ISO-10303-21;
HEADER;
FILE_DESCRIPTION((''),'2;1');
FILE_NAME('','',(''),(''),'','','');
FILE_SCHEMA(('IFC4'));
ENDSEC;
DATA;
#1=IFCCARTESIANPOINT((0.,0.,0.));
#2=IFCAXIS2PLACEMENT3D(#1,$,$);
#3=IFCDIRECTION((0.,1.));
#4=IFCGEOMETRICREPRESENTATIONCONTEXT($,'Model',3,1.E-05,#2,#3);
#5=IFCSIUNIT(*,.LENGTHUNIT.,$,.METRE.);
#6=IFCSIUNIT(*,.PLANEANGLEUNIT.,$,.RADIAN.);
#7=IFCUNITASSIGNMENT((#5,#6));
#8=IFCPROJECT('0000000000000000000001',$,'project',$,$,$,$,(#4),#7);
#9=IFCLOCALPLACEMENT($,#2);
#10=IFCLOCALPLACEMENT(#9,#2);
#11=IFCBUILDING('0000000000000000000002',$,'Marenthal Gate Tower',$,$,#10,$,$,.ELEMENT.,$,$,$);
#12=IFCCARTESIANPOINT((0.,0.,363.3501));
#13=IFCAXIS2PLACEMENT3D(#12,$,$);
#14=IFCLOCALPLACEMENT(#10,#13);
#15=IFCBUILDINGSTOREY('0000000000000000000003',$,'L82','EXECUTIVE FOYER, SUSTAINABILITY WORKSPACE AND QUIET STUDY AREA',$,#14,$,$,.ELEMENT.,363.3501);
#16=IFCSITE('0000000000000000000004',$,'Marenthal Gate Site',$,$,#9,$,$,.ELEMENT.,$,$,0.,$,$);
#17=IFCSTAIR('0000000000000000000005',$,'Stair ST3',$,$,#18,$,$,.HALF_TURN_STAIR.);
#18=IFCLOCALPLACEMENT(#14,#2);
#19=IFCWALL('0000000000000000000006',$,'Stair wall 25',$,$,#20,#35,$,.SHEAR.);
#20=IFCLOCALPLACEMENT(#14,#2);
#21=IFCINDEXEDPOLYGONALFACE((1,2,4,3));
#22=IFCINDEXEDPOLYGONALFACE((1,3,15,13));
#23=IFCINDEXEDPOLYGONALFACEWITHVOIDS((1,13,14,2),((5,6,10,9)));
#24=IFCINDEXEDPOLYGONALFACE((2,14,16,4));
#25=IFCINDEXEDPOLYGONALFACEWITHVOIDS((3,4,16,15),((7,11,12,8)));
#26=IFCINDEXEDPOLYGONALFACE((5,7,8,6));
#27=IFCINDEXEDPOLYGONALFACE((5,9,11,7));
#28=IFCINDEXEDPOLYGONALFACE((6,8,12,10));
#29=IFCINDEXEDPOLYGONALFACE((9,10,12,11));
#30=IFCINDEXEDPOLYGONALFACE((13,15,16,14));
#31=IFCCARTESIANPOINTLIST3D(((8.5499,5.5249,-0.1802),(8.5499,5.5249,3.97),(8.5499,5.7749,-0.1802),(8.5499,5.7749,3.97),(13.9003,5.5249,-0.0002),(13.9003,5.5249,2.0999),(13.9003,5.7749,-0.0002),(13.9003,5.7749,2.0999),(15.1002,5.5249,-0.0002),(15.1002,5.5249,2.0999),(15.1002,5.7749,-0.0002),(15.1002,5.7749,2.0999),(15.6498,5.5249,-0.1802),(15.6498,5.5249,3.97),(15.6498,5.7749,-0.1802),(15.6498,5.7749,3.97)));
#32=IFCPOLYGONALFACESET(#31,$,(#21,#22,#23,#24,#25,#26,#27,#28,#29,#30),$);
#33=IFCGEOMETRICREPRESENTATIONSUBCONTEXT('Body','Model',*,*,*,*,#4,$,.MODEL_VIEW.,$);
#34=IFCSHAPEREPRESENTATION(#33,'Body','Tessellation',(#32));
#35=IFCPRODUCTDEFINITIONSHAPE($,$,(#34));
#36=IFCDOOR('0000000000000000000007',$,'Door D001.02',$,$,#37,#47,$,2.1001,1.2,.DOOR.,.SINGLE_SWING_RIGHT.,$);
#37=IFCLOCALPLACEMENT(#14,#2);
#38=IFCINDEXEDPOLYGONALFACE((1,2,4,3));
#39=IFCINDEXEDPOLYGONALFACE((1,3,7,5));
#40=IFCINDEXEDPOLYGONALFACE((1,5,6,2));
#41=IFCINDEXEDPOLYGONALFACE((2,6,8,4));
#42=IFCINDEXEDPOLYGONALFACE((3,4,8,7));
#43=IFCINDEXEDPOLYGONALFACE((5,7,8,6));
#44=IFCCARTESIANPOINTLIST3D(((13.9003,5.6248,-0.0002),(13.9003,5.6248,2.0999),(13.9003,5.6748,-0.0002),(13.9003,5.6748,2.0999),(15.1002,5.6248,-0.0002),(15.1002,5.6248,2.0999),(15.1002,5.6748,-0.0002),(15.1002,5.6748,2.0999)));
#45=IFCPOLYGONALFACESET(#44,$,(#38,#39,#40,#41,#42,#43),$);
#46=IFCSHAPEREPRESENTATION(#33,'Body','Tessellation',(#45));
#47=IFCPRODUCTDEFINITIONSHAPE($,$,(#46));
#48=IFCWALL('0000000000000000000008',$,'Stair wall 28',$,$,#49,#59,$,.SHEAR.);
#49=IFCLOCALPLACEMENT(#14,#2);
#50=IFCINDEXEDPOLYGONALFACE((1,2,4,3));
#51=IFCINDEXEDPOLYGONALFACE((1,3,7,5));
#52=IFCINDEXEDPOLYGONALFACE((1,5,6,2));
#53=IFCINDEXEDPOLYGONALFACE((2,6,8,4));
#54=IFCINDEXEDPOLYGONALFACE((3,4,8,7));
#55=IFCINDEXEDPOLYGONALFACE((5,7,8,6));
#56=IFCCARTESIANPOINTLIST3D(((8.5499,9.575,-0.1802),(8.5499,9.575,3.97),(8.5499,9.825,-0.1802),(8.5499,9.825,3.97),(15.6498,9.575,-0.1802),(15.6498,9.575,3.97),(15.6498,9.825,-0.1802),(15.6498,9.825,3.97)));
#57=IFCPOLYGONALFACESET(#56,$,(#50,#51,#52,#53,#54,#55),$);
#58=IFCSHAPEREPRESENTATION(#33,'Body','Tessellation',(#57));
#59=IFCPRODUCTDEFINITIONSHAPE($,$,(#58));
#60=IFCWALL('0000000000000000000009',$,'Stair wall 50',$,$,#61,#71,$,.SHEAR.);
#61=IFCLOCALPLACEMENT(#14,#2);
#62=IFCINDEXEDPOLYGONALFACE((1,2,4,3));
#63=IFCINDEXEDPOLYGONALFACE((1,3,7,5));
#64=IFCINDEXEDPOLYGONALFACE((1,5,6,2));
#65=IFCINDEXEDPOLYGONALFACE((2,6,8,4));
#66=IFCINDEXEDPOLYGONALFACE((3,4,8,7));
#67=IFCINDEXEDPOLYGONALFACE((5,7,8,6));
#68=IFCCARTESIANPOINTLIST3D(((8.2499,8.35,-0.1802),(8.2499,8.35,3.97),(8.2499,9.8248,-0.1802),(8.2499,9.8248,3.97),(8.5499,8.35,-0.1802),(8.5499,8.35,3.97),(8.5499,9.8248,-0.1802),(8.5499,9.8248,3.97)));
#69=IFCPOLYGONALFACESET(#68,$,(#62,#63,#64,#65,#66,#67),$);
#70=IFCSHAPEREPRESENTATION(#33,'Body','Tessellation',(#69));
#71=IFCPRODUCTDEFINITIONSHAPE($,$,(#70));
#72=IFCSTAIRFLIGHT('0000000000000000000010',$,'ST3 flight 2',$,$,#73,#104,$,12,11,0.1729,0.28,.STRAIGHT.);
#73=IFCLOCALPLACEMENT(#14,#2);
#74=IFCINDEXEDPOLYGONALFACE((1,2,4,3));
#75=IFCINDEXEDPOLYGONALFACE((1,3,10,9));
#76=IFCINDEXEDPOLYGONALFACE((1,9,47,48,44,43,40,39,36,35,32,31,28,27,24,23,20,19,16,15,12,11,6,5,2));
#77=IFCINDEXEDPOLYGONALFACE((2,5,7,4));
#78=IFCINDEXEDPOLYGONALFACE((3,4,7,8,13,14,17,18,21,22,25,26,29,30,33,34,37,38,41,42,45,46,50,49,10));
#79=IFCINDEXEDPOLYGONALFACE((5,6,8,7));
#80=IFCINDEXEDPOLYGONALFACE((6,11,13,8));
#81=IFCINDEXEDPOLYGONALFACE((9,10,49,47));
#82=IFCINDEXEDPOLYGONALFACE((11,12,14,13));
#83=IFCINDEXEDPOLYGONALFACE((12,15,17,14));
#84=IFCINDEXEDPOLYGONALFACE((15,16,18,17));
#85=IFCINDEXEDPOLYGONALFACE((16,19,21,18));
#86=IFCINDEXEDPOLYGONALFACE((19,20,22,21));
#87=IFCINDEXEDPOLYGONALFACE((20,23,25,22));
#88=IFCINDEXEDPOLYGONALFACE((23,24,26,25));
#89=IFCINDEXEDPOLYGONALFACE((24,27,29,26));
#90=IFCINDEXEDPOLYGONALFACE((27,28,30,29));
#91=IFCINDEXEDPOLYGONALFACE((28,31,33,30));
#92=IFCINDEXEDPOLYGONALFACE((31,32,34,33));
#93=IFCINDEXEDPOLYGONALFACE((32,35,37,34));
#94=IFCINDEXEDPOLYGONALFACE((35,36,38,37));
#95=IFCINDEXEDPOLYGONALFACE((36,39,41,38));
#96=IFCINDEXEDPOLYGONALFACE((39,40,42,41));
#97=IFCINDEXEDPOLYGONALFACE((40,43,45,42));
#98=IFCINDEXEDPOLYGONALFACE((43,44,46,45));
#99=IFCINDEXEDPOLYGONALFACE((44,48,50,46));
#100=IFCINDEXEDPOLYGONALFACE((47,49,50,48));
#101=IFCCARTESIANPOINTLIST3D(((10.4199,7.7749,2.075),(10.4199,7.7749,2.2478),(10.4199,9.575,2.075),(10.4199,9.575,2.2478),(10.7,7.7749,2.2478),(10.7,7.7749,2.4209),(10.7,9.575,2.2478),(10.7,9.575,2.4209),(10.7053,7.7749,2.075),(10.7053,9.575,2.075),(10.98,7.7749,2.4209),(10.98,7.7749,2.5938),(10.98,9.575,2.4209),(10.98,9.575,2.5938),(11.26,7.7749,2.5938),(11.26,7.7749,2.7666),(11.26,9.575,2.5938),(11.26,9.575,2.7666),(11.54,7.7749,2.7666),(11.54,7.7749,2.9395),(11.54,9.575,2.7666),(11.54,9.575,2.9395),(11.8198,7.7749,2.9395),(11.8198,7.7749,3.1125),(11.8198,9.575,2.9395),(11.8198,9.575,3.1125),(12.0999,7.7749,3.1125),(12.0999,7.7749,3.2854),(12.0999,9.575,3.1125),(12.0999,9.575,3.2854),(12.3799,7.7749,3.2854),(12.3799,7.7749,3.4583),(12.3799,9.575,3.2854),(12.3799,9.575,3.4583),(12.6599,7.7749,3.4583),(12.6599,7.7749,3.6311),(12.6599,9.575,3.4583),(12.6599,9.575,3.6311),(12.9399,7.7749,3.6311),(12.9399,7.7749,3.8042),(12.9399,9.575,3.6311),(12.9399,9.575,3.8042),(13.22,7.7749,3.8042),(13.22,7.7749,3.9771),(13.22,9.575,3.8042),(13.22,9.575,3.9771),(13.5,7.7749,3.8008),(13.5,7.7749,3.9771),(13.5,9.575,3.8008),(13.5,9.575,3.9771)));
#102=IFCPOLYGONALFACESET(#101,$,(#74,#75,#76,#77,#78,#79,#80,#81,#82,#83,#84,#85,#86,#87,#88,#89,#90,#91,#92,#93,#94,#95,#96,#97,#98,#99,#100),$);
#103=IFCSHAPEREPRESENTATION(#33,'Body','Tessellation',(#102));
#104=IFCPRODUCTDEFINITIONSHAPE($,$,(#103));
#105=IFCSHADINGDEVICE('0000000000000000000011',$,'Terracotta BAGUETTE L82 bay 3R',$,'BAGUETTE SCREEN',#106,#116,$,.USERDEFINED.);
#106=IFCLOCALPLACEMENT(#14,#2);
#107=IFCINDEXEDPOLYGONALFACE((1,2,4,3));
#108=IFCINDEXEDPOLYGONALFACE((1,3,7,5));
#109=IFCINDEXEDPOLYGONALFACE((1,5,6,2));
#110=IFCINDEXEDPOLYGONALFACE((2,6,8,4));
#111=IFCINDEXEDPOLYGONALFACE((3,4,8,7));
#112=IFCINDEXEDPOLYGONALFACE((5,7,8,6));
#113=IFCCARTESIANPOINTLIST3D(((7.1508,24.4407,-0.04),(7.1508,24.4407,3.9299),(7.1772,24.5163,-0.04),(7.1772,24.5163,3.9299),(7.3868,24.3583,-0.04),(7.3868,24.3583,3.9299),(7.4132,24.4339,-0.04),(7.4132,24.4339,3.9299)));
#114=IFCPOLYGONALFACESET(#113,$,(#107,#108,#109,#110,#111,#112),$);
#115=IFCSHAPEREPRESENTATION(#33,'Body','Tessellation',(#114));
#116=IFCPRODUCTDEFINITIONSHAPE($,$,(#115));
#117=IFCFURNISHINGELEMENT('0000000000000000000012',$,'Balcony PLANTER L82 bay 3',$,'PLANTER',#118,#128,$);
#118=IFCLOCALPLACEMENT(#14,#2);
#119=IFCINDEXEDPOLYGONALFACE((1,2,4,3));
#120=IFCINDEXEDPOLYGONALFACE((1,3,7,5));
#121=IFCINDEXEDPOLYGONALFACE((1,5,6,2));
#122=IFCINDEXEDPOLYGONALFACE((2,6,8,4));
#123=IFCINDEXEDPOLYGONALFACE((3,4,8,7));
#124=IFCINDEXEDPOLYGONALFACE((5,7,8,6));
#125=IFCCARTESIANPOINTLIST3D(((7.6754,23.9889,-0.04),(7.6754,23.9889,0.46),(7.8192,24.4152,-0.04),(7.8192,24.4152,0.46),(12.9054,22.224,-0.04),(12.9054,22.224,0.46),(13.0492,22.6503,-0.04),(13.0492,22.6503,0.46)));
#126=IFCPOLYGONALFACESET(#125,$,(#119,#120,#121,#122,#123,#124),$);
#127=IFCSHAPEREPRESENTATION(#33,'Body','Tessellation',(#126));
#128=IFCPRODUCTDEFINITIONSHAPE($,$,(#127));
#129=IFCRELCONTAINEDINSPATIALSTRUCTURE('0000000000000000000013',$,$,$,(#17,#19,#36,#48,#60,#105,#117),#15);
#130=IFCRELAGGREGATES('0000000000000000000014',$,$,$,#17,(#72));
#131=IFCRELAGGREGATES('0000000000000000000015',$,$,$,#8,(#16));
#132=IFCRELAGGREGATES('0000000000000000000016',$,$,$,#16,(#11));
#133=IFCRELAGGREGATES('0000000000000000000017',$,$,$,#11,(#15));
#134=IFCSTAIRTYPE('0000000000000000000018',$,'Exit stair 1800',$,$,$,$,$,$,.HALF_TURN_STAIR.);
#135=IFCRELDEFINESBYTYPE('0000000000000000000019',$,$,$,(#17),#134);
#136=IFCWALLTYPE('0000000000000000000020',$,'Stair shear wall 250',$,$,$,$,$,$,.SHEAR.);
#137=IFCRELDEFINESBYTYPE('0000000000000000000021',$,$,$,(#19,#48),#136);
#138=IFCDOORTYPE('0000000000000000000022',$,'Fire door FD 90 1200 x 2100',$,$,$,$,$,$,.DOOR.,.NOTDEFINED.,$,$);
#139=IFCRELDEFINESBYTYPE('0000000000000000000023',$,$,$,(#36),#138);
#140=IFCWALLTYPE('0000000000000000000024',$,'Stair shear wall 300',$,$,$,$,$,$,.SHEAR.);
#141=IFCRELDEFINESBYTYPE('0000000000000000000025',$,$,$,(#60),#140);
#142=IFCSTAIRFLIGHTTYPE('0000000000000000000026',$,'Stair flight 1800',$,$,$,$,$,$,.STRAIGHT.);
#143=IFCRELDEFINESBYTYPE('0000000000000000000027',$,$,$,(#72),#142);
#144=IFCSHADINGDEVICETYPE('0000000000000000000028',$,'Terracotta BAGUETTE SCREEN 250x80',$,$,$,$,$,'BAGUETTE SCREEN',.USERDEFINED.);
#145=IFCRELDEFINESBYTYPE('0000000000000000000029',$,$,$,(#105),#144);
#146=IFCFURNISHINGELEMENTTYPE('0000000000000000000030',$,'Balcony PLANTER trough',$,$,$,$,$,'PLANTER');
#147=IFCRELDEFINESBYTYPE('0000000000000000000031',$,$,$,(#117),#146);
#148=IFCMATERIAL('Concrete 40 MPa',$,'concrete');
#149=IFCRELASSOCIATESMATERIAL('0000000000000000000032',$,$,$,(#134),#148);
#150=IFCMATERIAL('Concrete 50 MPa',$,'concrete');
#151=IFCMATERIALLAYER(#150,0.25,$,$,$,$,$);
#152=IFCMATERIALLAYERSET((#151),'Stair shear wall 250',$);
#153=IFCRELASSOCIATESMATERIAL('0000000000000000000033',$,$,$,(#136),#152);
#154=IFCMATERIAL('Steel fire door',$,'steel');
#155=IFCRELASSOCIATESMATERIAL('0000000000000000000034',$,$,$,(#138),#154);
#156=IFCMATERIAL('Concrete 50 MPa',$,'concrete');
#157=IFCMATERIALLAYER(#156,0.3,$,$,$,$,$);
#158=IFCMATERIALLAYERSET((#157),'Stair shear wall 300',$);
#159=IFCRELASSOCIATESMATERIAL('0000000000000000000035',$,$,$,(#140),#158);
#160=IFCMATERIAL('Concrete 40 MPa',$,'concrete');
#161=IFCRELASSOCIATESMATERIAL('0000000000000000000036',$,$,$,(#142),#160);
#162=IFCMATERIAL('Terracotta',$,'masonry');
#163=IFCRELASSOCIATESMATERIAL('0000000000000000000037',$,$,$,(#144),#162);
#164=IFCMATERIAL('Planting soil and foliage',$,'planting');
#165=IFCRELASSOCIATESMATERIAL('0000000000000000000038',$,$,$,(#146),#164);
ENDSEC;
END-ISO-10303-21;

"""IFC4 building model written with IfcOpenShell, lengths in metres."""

from ifc_helpers import new_model, si_unit, direction, frame, frame_2d, origin, origin_2d, place, context, subcontext, project, spatial, polyline, rectangle, outline, extrude, material, layer, layer_set, material_profile, profile_set, type_object, element, fill, aggregate, save


model = new_model("IFC4")

# Units and contexts
model_context = context("Model", 3, precision=1e-05, world=origin(), true_north=direction((0.0, 1.0)))
body_context = subcontext(model_context, "Body", "Model", "MODEL_VIEW")
ifc_project = project(units=[si_unit("LENGTHUNIT", "METRE"), si_unit("PLANEANGLEUNIT", "RADIAN")], contexts=[model_context])

# Site, building, storey
site_placement = place(None, origin())
site = spatial("IfcSite", under=ifc_project, at=site_placement, Name="Marenthal Gate Site", CompositionType="ELEMENT", RefElevation=0.0)
building_placement = place(site_placement, origin())
building = spatial("IfcBuilding", under=site, at=building_placement, Name="Marenthal Gate Tower", CompositionType="ELEMENT")
storey_placement = place(building_placement, frame((0.0, 0.0, 363.3501)))
storey = spatial("IfcBuildingStorey", under=building, at=storey_placement, Name="L82", Description="EXECUTIVE FOYER, SUSTAINABILITY WORKSPACE AND QUIET STUDY AREA", CompositionType="ELEMENT", Elevation=363.3501)

# Stair
ifc_material_1 = material(Name="Concrete 40 MPa", Category="concrete")
stair_type = type_object("IfcStairType", Name="Exit stair 1800", PredefinedType="HALF_TURN_STAIR", material=ifc_material_1)
stair_1_placement = place(storey_placement, origin())
stair_1 = element("IfcStair", 1, at=stair_1_placement, inside=storey, type_object=stair_type, Name="Stair ST3", PredefinedType="HALF_TURN_STAIR")

# Wall, opening, door
ifc_material_2 = material(Name="Concrete 50 MPa", Category="concrete")
ifc_layer_1 = layer(ifc_material_2, 0.25)
ifc_layer_set_1 = layer_set([ifc_layer_1], Name="Stair shear wall 250")
wall_type_1 = type_object("IfcWallType", Name="Stair shear wall 250", PredefinedType="SHEAR", material=ifc_layer_set_1)
wall_1_placement = place(storey_placement, frame((8.55, 5.6499, -0.1802), z_axis=(0.0, 0.0, 1.0), x_axis=(1.0, 0.0, 0.0)))
wall_1 = element("IfcWall", 2, at=wall_1_placement, inside=storey, type_object=wall_type_1, Name="Stair wall 25", PredefinedType="SHEAR", context=body_context, shape_type="SweptSolid", body=[
    extrude(rectangle(XDim=7.0999, YDim=0.25, at=frame_2d((3.5498, 0.0))), origin(), (0.0, 0.0, 1.0), 4.1501),
])
opening_placement = place(wall_1_placement, frame((5.3501, 0.0, 0.1799)))
opening = element("IfcOpeningElement", 3, at=opening_placement, cuts=wall_1, PredefinedType="OPENING", context=body_context, shape_type="SweptSolid", body=[
    extrude(rectangle(XDim=1.2, YDim=2.1001, at=frame_2d((0.6001, 1.05))), frame((0.0, 0.135, 0.0), z_axis=(0.0, -1.0, 0.0), x_axis=(1.0, 0.0, 0.0)), (0.0, 0.0, 1.0), 0.27),
])
ifc_material_3 = material(Name="Steel fire door", Category="steel")
door_type = type_object("IfcDoorType", Name="Fire door FD 90 1200 x 2100", OperationType="NOTDEFINED", PredefinedType="DOOR", material=ifc_material_3)
door_placement = place(opening_placement, origin())
door = element("IfcDoor", 4, at=door_placement, inside=storey, type_object=door_type, Name="Door D001.02", OperationType="SINGLE_SWING_RIGHT", OverallHeight=2.1001, OverallWidth=1.2, PredefinedType="DOOR", context=body_context, shape_type="SweptSolid", body=[
    extrude(rectangle(XDim=1.2, YDim=2.1001, at=frame_2d((0.6001, 1.05))), frame((0.0, 0.0249, 0.0), z_axis=(0.0, -1.0, 0.0), x_axis=(1.0, 0.0, 0.0)), (0.0, 0.0, 1.0), 0.05),
])
fill(opening, door)

# Walls
wall_2_placement = place(storey_placement, frame((8.55, 9.7, -0.1802), z_axis=(0.0, 0.0, 1.0), x_axis=(1.0, 0.0, 0.0)))
element("IfcWall", 5, at=wall_2_placement, inside=storey, type_object=wall_type_1, Name="Stair wall 28", PredefinedType="SHEAR", context=body_context, shape_type="SweptSolid", body=[
    extrude(rectangle(XDim=7.0999, YDim=0.25, at=frame_2d((3.5498, 0.0))), origin(), (0.0, 0.0, 1.0), 4.1501),
])
ifc_material_4 = material(Name="Concrete 50 MPa", Category="concrete")
ifc_layer_2 = layer(ifc_material_4, 0.3)
ifc_layer_set_2 = layer_set([ifc_layer_2], Name="Stair shear wall 300")
wall_type_2 = type_object("IfcWallType", Name="Stair shear wall 300", PredefinedType="SHEAR", material=ifc_layer_set_2)
wall_3_placement = place(storey_placement, frame((8.3999, 8.3501, -0.1802), z_axis=(0.0, 0.0, 1.0), x_axis=(0.0, 1.0, 0.0)))
element("IfcWall", 6, at=wall_3_placement, inside=storey, type_object=wall_type_2, Name="Stair wall 50", PredefinedType="SHEAR", context=body_context, shape_type="SweptSolid", body=[
    extrude(rectangle(XDim=1.4749, YDim=0.3, at=frame_2d((0.7373, 0.0))), origin(), (0.0, 0.0, 1.0), 4.1501),
])

# Stair flight
ifc_material_5 = material(Name="Concrete 40 MPa", Category="concrete")
stair_flight_type = type_object("IfcStairFlightType", Name="Stair flight 1800", PredefinedType="STRAIGHT", material=ifc_material_5)
stair_flight_placement = place(storey_placement, frame((10.4199, 8.675, 2.075), z_axis=(0.0, 0.0, 1.0), x_axis=(1.0, 0.0, 0.0)))
stair_flight = element("IfcStairFlight", 7, at=stair_flight_placement, type_object=stair_flight_type, Name="ST3 flight 2", NumberOfRisers=12, NumberOfTreads=11, PredefinedType="STRAIGHT", RiserHeight=0.1729, TreadLength=0.28, context=body_context, shape_type="SweptSolid", body=[
    extrude(outline(polyline([(0.0, 0.0), (0.0, 0.1729), (0.28, 0.1729), (0.28, 0.3459), (0.5601, 0.3459), (0.5601, 0.5188), (0.8401, 0.5188), (0.8401, 0.6917), (1.1201, 0.6917), (1.1201, 0.8645), (1.3999, 0.8645), (1.3999, 1.0376), (1.6799, 1.0376), (1.6799, 1.2104), (1.96, 1.2104), (1.96, 1.3833), (2.24, 1.3833), (2.24, 1.5562), (2.52, 1.5562), (2.52, 1.7292), (2.8, 1.7292), (2.8, 1.9021), (3.0801, 1.9021), (3.0801, 2.075), (3.0801, 1.7258), (0.2854, 0.0), (0.0, 0.0)])), frame((0.0, 0.8999, 0.0), z_axis=(0.0, -1.0, 0.0), x_axis=(1.0, 0.0, 0.0)), (0.0, 0.0, 1.0), 1.8),
])
aggregate(stair_1, [stair_flight])

# Shading device
ifc_material_6 = material(Name="Terracotta", Category="masonry")
ifc_material_profile_1 = material_profile(ifc_material_6, rectangle(XDim=0.25, YDim=0.0801, at=origin_2d()), Name="Terracotta baguette 250x80")
ifc_profile_set_1 = profile_set([ifc_material_profile_1], Name="Terracotta")
shading_device_type = type_object("IfcShadingDeviceType", Name="Terracotta BAGUETTE SCREEN 250x80", ElementType="BAGUETTE SCREEN", PredefinedType="USERDEFINED", material=ifc_profile_set_1)
shading_device_placement = place(storey_placement, frame((7.282, 24.4373, -0.04), z_axis=(0.0, 0.0, 1.0), x_axis=(-0.944118, 0.329607, 0.0)))
element("IfcShadingDevice", 8, at=shading_device_placement, inside=storey, type_object=shading_device_type, Name="Terracotta BAGUETTE L82 bay 3R", ObjectType="BAGUETTE SCREEN", PredefinedType="USERDEFINED", context=body_context, shape_type="SweptSolid", body=[
    extrude(rectangle(XDim=0.25, YDim=0.0801, at=origin_2d()), origin(), (0.0, 0.0, 1.0), 3.97),
])

# Furnishing element
ifc_material_7 = material(Name="Planting soil and foliage", Category="planting")
furnishing_element_type = type_object("IfcFurnishingElementType", Name="Balcony PLANTER trough", ElementType="PLANTER", material=ifc_material_7)
furnishing_placement = place(storey_placement, frame((10.3623, 23.3196, -0.04), z_axis=(0.0, 0.0, 1.0), x_axis=(-0.947505, 0.31974, 0.0)))
element("IfcFurnishingElement", 9, at=furnishing_placement, inside=storey, type_object=furnishing_element_type, Name="Balcony PLANTER L82 bay 3", ObjectType="PLANTER", context=body_context, shape_type="SweptSolid", body=[
    extrude(rectangle(XDim=5.5198, YDim=0.45, at=origin_2d()), origin(), (0.0, 0.0, 1.0), 0.5),
])

save(model, "model.ifc")
